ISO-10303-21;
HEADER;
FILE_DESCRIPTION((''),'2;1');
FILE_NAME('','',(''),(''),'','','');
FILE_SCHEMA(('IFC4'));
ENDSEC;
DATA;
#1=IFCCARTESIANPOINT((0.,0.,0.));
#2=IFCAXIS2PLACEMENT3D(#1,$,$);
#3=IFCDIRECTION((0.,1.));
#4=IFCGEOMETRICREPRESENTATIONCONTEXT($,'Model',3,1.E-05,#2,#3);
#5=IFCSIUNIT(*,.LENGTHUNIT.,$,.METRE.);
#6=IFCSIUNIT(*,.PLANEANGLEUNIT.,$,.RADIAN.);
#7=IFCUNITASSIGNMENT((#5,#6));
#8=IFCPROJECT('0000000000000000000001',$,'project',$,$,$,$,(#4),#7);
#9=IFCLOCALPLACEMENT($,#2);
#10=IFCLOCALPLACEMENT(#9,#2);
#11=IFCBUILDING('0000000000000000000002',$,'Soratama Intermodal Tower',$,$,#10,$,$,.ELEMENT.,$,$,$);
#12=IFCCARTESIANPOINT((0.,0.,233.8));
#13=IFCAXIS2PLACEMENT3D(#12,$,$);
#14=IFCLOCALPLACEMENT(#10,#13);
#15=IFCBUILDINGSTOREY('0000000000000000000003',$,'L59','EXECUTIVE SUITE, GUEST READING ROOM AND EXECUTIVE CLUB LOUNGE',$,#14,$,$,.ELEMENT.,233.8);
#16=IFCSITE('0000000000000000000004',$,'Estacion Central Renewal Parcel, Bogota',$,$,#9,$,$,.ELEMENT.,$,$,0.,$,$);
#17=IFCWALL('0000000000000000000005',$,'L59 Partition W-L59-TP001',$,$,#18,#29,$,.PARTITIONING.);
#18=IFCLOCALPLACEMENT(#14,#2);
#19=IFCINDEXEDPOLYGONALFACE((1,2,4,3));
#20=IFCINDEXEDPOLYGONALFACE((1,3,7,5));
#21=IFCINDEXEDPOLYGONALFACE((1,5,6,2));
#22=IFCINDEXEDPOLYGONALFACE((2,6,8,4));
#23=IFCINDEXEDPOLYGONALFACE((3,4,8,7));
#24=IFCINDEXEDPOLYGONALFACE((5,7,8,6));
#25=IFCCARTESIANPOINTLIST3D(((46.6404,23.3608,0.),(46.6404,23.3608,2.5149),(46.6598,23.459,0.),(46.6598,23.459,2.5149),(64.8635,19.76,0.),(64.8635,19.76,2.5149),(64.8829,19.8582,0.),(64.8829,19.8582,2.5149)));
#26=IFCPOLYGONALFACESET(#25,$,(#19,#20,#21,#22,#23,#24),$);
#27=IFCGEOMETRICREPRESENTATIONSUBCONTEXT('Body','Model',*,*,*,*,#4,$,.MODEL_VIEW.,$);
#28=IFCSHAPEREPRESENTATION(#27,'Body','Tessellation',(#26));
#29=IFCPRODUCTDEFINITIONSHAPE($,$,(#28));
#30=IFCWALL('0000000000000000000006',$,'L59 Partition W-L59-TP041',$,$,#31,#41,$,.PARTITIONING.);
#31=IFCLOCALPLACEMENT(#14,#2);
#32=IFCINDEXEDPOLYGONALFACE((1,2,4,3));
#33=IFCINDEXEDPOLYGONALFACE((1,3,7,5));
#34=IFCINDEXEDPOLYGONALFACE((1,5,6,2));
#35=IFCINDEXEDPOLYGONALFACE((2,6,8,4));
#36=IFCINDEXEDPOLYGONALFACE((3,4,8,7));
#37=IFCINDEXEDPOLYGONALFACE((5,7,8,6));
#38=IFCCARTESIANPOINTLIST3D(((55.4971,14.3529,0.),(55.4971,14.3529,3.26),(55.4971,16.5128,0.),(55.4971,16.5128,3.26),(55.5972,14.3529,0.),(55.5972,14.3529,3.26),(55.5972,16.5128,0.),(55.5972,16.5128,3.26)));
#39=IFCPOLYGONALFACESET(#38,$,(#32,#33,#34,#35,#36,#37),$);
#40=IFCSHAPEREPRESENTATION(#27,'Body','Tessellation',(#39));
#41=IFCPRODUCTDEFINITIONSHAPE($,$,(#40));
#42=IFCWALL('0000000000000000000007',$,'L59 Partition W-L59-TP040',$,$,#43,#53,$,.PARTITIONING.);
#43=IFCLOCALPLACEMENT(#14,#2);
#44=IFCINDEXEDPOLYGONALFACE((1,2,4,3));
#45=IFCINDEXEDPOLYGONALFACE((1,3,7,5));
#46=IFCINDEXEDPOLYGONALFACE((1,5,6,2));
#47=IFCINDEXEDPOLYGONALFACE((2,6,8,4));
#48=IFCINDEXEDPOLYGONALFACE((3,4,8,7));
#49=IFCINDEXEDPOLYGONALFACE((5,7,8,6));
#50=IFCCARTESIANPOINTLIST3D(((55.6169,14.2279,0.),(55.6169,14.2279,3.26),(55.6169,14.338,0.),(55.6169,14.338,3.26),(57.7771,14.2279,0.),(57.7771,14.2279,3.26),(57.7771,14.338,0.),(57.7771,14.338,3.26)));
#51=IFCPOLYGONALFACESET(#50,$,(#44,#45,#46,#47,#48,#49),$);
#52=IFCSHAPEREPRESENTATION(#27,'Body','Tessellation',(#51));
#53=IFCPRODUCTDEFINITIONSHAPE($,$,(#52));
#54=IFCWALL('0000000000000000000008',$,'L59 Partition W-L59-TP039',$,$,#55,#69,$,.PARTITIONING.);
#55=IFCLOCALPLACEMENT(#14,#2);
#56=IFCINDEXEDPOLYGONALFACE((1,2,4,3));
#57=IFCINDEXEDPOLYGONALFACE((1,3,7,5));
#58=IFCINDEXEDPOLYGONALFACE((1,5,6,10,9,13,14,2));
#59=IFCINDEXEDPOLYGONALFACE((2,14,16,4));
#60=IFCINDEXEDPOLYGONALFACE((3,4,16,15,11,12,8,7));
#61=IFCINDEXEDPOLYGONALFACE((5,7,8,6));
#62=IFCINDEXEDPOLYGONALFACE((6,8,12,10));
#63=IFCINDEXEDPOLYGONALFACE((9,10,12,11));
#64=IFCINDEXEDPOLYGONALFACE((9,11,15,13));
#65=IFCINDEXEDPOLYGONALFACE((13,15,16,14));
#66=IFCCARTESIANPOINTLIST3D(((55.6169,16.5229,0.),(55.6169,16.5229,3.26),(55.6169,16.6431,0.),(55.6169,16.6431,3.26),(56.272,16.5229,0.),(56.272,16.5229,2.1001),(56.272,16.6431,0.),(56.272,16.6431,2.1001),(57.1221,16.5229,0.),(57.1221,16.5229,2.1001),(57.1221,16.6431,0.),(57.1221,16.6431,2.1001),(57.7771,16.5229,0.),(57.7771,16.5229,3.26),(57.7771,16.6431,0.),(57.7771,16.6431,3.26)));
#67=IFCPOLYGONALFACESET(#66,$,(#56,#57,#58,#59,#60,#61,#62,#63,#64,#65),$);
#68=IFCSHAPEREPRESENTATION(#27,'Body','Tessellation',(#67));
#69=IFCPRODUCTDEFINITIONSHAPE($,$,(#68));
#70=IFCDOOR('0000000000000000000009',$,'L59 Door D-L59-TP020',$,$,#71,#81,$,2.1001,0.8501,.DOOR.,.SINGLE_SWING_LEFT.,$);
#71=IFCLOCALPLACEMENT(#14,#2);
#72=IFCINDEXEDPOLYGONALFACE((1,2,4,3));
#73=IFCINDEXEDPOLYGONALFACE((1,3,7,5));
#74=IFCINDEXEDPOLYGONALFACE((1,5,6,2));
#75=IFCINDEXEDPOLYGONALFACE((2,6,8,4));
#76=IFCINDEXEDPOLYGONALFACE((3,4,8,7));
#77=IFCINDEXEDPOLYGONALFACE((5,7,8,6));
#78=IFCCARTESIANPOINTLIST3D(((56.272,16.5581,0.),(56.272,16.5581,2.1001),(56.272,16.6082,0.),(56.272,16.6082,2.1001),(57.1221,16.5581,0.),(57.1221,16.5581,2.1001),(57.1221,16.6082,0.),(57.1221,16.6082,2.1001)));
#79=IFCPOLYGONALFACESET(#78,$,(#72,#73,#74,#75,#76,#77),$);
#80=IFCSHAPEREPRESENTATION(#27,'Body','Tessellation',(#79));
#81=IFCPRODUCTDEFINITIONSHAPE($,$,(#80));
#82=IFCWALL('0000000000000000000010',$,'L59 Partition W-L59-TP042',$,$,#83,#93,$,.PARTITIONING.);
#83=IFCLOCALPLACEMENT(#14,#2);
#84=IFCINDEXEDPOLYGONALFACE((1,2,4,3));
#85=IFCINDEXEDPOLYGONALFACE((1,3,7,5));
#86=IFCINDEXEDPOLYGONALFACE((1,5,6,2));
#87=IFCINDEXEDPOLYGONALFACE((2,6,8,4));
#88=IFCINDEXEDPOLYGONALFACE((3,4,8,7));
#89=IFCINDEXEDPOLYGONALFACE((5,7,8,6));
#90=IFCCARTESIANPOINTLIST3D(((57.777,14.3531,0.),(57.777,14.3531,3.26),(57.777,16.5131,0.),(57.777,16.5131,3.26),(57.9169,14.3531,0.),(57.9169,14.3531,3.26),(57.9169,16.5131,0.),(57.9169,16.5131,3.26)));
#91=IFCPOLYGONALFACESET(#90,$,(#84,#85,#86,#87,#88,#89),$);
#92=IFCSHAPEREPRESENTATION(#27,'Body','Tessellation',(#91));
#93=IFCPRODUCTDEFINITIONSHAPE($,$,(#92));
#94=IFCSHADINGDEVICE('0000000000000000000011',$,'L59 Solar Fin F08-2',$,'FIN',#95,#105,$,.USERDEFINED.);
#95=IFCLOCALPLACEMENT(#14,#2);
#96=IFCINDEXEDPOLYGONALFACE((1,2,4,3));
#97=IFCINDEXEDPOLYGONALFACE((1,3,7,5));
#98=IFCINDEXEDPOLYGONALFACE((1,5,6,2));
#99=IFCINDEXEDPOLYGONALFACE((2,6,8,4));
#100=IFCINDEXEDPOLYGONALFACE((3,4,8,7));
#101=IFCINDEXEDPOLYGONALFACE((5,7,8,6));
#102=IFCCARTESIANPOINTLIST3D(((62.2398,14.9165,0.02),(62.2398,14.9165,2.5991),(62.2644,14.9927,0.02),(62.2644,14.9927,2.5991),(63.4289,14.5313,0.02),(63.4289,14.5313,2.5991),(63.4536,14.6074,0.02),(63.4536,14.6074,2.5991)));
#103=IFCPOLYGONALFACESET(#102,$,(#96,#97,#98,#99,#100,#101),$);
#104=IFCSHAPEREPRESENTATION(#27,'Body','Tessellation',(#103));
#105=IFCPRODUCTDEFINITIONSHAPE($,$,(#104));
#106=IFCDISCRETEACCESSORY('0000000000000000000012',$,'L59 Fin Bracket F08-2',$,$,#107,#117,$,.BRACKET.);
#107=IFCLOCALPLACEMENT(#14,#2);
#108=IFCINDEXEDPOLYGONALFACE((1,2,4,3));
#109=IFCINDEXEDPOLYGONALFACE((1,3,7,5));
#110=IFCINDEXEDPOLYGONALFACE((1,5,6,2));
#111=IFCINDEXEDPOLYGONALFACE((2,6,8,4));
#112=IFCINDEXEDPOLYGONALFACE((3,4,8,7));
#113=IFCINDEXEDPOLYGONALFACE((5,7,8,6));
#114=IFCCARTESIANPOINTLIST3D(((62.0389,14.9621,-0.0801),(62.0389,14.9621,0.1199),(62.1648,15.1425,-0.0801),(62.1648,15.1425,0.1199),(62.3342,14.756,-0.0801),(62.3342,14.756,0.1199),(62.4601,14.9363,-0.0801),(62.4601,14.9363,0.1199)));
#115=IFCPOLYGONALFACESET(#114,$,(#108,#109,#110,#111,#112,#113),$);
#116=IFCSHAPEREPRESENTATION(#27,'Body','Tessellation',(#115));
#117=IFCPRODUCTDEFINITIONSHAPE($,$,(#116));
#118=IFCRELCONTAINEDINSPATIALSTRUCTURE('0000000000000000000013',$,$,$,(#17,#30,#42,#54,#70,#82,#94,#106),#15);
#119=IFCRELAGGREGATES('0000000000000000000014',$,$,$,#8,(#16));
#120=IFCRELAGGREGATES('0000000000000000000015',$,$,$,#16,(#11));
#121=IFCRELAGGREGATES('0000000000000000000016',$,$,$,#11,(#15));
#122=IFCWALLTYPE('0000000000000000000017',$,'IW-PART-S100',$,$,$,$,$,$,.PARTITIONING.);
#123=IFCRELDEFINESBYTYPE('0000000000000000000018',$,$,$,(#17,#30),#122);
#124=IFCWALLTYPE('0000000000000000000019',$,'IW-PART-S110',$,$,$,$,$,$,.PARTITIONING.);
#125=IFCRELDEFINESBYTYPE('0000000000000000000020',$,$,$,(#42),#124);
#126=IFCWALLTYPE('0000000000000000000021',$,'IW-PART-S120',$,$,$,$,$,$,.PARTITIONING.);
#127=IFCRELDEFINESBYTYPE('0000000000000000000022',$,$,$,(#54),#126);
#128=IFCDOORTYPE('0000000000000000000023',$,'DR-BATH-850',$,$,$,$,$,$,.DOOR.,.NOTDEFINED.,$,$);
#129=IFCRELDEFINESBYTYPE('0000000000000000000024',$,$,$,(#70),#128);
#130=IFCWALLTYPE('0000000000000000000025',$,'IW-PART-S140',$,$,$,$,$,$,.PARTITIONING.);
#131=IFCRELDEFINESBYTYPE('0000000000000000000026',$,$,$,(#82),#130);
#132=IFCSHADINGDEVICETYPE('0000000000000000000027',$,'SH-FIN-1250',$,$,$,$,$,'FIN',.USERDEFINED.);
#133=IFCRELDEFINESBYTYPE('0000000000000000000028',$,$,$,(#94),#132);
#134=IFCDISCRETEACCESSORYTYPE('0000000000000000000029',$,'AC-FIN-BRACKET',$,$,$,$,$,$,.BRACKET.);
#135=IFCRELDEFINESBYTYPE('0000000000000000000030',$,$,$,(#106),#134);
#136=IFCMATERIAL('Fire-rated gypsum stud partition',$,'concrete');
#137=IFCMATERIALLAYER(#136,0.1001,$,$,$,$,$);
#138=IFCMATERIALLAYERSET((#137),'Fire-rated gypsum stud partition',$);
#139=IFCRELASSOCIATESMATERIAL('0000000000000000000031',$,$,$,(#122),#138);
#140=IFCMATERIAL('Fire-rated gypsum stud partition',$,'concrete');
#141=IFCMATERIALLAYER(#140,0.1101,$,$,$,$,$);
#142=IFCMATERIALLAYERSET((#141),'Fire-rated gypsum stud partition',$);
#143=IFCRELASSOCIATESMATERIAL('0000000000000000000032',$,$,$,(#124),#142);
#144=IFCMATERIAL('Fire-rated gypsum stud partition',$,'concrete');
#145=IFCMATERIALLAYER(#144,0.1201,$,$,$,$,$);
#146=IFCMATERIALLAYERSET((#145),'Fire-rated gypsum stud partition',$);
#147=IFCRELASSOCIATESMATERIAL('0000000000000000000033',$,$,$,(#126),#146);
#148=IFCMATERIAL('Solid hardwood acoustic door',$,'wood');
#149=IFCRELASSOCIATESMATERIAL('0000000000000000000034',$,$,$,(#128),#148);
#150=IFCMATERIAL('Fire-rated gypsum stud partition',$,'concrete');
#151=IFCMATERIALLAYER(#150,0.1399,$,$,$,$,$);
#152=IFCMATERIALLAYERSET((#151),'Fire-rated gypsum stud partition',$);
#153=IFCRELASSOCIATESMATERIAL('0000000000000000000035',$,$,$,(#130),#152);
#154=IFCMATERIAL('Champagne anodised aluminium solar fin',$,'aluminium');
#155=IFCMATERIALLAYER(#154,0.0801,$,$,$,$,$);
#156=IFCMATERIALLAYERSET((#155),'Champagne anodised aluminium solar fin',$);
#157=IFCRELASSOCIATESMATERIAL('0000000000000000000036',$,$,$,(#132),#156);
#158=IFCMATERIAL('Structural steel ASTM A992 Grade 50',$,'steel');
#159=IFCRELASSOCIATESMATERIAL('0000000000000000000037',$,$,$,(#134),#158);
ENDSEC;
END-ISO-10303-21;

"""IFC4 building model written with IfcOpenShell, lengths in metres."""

from ifc_helpers import new_model, si_unit, direction, frame, frame_2d, origin, origin_2d, place, context, subcontext, project, spatial, rectangle, extrude, material, layer, layer_set, type_object, element, fill, save


model = new_model("IFC4")

# Units and contexts
model_context = context("Model", 3, precision=1e-05, world=origin(), true_north=direction((0.0, 1.0)))
body_context = subcontext(model_context, "Body", "Model", "MODEL_VIEW")
ifc_project = project(units=[si_unit("LENGTHUNIT", "METRE"), si_unit("PLANEANGLEUNIT", "RADIAN")], contexts=[model_context])

# Site, building, storey
site_placement = place(None, origin())
site = spatial("IfcSite", under=ifc_project, at=site_placement, Name="Estacion Central Renewal Parcel, Bogota", CompositionType="ELEMENT", RefElevation=0.0)
building_placement = place(site_placement, origin())
building = spatial("IfcBuilding", under=site, at=building_placement, Name="Soratama Intermodal Tower", CompositionType="ELEMENT")
storey_placement = place(building_placement, frame((0.0, 0.0, 233.8)))
storey = spatial("IfcBuildingStorey", under=building, at=storey_placement, Name="L59", Description="EXECUTIVE SUITE, GUEST READING ROOM AND EXECUTIVE CLUB LOUNGE", CompositionType="ELEMENT", Elevation=233.8)

# Walls
ifc_material_1 = material(Name="Fire-rated gypsum stud partition", Category="concrete")
ifc_layer_1 = layer(ifc_material_1, 0.1001)
ifc_layer_set_1 = layer_set([ifc_layer_1], Name="Fire-rated gypsum stud partition")
wall_type_1 = type_object("IfcWallType", Name="IW-PART-S100", PredefinedType="PARTITIONING", material=ifc_layer_set_1)
wall_1_placement = place(storey_placement, frame((64.873, 19.8091, 0.0), z_axis=(0.0, 0.0, 1.0), x_axis=(-0.981031, 0.193848, 0.0)))
element("IfcWall", 1, at=wall_1_placement, inside=storey, type_object=wall_type_1, Name="L59 Partition W-L59-TP001", PredefinedType="PARTITIONING", context=body_context, shape_type="SweptSolid", body=[
    extrude(rectangle(XDim=18.5754, YDim=0.1001, at=frame_2d((9.2876, 0.0))), origin(), (0.0, 0.0, 1.0), 2.5149),
])
wall_2_placement = place(storey_placement, frame((55.5471, 16.5129, 0.0), z_axis=(0.0, 0.0, 1.0), x_axis=(0.0, -1.0, 0.0)))
element("IfcWall", 2, at=wall_2_placement, inside=storey, type_object=wall_type_1, Name="L59 Partition W-L59-TP041", PredefinedType="PARTITIONING", context=body_context, shape_type="SweptSolid", body=[
    extrude(rectangle(XDim=2.1599, YDim=0.1001, at=frame_2d((1.0801, 0.0))), origin(), (0.0, 0.0, 1.0), 3.26),
])
ifc_material_2 = material(Name="Fire-rated gypsum stud partition", Category="concrete")
ifc_layer_2 = layer(ifc_material_2, 0.1101)
ifc_layer_set_2 = layer_set([ifc_layer_2], Name="Fire-rated gypsum stud partition")
wall_type_2 = type_object("IfcWallType", Name="IW-PART-S110", PredefinedType="PARTITIONING", material=ifc_layer_set_2)
wall_3_placement = place(storey_placement, frame((55.6169, 14.283, 0.0), z_axis=(0.0, 0.0, 1.0), x_axis=(1.0, 0.0, 0.0)))
element("IfcWall", 3, at=wall_3_placement, inside=storey, type_object=wall_type_2, Name="L59 Partition W-L59-TP040", PredefinedType="PARTITIONING", context=body_context, shape_type="SweptSolid", body=[
    extrude(rectangle(XDim=2.1602, YDim=0.1101, at=frame_2d((1.0801, 0.0))), origin(), (0.0, 0.0, 1.0), 3.26),
])

# Wall, opening, door
ifc_material_3 = material(Name="Fire-rated gypsum stud partition", Category="concrete")
ifc_layer_3 = layer(ifc_material_3, 0.1201)
ifc_layer_set_3 = layer_set([ifc_layer_3], Name="Fire-rated gypsum stud partition")
wall_type_3 = type_object("IfcWallType", Name="IW-PART-S120", PredefinedType="PARTITIONING", material=ifc_layer_set_3)
wall_4_placement = place(storey_placement, frame((57.7771, 16.583, 0.0), z_axis=(0.0, 0.0, 1.0), x_axis=(-1.0, 0.0, 0.0)))
wall_4 = element("IfcWall", 4, at=wall_4_placement, inside=storey, type_object=wall_type_3, Name="L59 Partition W-L59-TP039", PredefinedType="PARTITIONING", context=body_context, shape_type="SweptSolid", body=[
    extrude(rectangle(XDim=2.1602, YDim=0.1201, at=frame_2d((1.0801, 0.0))), origin(), (0.0, 0.0, 1.0), 3.26),
])
opening_1_placement = place(wall_4_placement, frame((0.655, 0.0, 0.0)))
opening_1 = element("IfcOpeningElement", 5, at=opening_1_placement, cuts=wall_4, PredefinedType="OPENING", context=body_context, shape_type="SweptSolid", body=[
    extrude(rectangle(XDim=0.8501, YDim=2.1001, at=frame_2d((0.425, 1.05))), frame((0.0, 0.0701, 0.0), z_axis=(0.0, -1.0, 0.0), x_axis=(1.0, 0.0, 0.0)), (0.0, 0.0, 1.0), 0.1401),
])
ifc_material_4 = material(Name="Solid hardwood acoustic door", Category="wood")
door_type_1 = type_object("IfcDoorType", Name="DR-BATH-850", OperationType="NOTDEFINED", PredefinedType="DOOR", material=ifc_material_4)
door_1_placement = place(opening_1_placement, origin())
door_1 = element("IfcDoor", 6, at=door_1_placement, inside=storey, type_object=door_type_1, Name="L59 Door D-L59-TP020", OperationType="SINGLE_SWING_LEFT", OverallHeight=2.1001, OverallWidth=0.8501, PredefinedType="DOOR", context=body_context, shape_type="SweptSolid", body=[
    extrude(rectangle(XDim=0.8501, YDim=2.1001, at=frame_2d((0.425, 1.05))), frame((0.0, 0.0249, 0.0), z_axis=(0.0, -1.0, 0.0), x_axis=(1.0, 0.0, 0.0)), (0.0, 0.0, 1.0), 0.05),
])
fill(opening_1, door_1)

# Wall
ifc_material_5 = material(Name="Fire-rated gypsum stud partition", Category="concrete")
ifc_layer_4 = layer(ifc_material_5, 0.1399)
ifc_layer_set_4 = layer_set([ifc_layer_4], Name="Fire-rated gypsum stud partition")
wall_type_4 = type_object("IfcWallType", Name="IW-PART-S140", PredefinedType="PARTITIONING", material=ifc_layer_set_4)
wall_5_placement = place(storey_placement, frame((57.8469, 14.353, 0.0), z_axis=(0.0, 0.0, 1.0), x_axis=(0.0, 1.0, 0.0)))
element("IfcWall", 7, at=wall_5_placement, inside=storey, type_object=wall_type_4, Name="L59 Partition W-L59-TP042", PredefinedType="PARTITIONING", context=body_context, shape_type="SweptSolid", body=[
    extrude(rectangle(XDim=2.1599, YDim=0.1399, at=frame_2d((1.0801, 0.0))), origin(), (0.0, 0.0, 1.0), 3.26),
])

# Shading device
ifc_material_6 = material(Name="Champagne anodised aluminium solar fin", Category="aluminium")
ifc_layer_5 = layer(ifc_material_6, 0.0801)
ifc_layer_set_5 = layer_set([ifc_layer_5], Name="Champagne anodised aluminium solar fin")
shading_device_type = type_object("IfcShadingDeviceType", Name="SH-FIN-1250", ElementType="FIN", PredefinedType="USERDEFINED", material=ifc_layer_set_5)
shading_device_placement = place(storey_placement, frame((62.8467, 14.762, 0.02), z_axis=(0.0, 0.0, 1.0), x_axis=(0.951326, -0.308187, 0.0)))
element("IfcShadingDevice", 8, at=shading_device_placement, inside=storey, type_object=shading_device_type, Name="L59 Solar Fin F08-2", ObjectType="FIN", PredefinedType="USERDEFINED", context=body_context, shape_type="SweptSolid", body=[
    extrude(rectangle(XDim=1.25, YDim=0.0801, at=origin_2d()), origin(), (0.0, 0.0, 1.0), 2.5791),
])

# Discrete accessory
ifc_material_7 = material(Name="Structural steel ASTM A992 Grade 50", Category="steel")
discrete_accessory_type = type_object("IfcDiscreteAccessoryType", Name="AC-FIN-BRACKET", PredefinedType="BRACKET", material=ifc_material_7)
discrete_accessory_placement = place(storey_placement, frame((62.2495, 14.9492, -0.0801), z_axis=(0.0, 0.0, 1.0), x_axis=(0.819952, -0.572432, 0.0)))
element("IfcDiscreteAccessory", 9, at=discrete_accessory_placement, inside=storey, type_object=discrete_accessory_type, Name="L59 Fin Bracket F08-2", PredefinedType="BRACKET", context=body_context, shape_type="SweptSolid", body=[
    extrude(rectangle(XDim=0.3601, YDim=0.22, at=origin_2d()), origin(), (0.0, 0.0, 1.0), 0.2),
])

save(model, "model.ifc")
